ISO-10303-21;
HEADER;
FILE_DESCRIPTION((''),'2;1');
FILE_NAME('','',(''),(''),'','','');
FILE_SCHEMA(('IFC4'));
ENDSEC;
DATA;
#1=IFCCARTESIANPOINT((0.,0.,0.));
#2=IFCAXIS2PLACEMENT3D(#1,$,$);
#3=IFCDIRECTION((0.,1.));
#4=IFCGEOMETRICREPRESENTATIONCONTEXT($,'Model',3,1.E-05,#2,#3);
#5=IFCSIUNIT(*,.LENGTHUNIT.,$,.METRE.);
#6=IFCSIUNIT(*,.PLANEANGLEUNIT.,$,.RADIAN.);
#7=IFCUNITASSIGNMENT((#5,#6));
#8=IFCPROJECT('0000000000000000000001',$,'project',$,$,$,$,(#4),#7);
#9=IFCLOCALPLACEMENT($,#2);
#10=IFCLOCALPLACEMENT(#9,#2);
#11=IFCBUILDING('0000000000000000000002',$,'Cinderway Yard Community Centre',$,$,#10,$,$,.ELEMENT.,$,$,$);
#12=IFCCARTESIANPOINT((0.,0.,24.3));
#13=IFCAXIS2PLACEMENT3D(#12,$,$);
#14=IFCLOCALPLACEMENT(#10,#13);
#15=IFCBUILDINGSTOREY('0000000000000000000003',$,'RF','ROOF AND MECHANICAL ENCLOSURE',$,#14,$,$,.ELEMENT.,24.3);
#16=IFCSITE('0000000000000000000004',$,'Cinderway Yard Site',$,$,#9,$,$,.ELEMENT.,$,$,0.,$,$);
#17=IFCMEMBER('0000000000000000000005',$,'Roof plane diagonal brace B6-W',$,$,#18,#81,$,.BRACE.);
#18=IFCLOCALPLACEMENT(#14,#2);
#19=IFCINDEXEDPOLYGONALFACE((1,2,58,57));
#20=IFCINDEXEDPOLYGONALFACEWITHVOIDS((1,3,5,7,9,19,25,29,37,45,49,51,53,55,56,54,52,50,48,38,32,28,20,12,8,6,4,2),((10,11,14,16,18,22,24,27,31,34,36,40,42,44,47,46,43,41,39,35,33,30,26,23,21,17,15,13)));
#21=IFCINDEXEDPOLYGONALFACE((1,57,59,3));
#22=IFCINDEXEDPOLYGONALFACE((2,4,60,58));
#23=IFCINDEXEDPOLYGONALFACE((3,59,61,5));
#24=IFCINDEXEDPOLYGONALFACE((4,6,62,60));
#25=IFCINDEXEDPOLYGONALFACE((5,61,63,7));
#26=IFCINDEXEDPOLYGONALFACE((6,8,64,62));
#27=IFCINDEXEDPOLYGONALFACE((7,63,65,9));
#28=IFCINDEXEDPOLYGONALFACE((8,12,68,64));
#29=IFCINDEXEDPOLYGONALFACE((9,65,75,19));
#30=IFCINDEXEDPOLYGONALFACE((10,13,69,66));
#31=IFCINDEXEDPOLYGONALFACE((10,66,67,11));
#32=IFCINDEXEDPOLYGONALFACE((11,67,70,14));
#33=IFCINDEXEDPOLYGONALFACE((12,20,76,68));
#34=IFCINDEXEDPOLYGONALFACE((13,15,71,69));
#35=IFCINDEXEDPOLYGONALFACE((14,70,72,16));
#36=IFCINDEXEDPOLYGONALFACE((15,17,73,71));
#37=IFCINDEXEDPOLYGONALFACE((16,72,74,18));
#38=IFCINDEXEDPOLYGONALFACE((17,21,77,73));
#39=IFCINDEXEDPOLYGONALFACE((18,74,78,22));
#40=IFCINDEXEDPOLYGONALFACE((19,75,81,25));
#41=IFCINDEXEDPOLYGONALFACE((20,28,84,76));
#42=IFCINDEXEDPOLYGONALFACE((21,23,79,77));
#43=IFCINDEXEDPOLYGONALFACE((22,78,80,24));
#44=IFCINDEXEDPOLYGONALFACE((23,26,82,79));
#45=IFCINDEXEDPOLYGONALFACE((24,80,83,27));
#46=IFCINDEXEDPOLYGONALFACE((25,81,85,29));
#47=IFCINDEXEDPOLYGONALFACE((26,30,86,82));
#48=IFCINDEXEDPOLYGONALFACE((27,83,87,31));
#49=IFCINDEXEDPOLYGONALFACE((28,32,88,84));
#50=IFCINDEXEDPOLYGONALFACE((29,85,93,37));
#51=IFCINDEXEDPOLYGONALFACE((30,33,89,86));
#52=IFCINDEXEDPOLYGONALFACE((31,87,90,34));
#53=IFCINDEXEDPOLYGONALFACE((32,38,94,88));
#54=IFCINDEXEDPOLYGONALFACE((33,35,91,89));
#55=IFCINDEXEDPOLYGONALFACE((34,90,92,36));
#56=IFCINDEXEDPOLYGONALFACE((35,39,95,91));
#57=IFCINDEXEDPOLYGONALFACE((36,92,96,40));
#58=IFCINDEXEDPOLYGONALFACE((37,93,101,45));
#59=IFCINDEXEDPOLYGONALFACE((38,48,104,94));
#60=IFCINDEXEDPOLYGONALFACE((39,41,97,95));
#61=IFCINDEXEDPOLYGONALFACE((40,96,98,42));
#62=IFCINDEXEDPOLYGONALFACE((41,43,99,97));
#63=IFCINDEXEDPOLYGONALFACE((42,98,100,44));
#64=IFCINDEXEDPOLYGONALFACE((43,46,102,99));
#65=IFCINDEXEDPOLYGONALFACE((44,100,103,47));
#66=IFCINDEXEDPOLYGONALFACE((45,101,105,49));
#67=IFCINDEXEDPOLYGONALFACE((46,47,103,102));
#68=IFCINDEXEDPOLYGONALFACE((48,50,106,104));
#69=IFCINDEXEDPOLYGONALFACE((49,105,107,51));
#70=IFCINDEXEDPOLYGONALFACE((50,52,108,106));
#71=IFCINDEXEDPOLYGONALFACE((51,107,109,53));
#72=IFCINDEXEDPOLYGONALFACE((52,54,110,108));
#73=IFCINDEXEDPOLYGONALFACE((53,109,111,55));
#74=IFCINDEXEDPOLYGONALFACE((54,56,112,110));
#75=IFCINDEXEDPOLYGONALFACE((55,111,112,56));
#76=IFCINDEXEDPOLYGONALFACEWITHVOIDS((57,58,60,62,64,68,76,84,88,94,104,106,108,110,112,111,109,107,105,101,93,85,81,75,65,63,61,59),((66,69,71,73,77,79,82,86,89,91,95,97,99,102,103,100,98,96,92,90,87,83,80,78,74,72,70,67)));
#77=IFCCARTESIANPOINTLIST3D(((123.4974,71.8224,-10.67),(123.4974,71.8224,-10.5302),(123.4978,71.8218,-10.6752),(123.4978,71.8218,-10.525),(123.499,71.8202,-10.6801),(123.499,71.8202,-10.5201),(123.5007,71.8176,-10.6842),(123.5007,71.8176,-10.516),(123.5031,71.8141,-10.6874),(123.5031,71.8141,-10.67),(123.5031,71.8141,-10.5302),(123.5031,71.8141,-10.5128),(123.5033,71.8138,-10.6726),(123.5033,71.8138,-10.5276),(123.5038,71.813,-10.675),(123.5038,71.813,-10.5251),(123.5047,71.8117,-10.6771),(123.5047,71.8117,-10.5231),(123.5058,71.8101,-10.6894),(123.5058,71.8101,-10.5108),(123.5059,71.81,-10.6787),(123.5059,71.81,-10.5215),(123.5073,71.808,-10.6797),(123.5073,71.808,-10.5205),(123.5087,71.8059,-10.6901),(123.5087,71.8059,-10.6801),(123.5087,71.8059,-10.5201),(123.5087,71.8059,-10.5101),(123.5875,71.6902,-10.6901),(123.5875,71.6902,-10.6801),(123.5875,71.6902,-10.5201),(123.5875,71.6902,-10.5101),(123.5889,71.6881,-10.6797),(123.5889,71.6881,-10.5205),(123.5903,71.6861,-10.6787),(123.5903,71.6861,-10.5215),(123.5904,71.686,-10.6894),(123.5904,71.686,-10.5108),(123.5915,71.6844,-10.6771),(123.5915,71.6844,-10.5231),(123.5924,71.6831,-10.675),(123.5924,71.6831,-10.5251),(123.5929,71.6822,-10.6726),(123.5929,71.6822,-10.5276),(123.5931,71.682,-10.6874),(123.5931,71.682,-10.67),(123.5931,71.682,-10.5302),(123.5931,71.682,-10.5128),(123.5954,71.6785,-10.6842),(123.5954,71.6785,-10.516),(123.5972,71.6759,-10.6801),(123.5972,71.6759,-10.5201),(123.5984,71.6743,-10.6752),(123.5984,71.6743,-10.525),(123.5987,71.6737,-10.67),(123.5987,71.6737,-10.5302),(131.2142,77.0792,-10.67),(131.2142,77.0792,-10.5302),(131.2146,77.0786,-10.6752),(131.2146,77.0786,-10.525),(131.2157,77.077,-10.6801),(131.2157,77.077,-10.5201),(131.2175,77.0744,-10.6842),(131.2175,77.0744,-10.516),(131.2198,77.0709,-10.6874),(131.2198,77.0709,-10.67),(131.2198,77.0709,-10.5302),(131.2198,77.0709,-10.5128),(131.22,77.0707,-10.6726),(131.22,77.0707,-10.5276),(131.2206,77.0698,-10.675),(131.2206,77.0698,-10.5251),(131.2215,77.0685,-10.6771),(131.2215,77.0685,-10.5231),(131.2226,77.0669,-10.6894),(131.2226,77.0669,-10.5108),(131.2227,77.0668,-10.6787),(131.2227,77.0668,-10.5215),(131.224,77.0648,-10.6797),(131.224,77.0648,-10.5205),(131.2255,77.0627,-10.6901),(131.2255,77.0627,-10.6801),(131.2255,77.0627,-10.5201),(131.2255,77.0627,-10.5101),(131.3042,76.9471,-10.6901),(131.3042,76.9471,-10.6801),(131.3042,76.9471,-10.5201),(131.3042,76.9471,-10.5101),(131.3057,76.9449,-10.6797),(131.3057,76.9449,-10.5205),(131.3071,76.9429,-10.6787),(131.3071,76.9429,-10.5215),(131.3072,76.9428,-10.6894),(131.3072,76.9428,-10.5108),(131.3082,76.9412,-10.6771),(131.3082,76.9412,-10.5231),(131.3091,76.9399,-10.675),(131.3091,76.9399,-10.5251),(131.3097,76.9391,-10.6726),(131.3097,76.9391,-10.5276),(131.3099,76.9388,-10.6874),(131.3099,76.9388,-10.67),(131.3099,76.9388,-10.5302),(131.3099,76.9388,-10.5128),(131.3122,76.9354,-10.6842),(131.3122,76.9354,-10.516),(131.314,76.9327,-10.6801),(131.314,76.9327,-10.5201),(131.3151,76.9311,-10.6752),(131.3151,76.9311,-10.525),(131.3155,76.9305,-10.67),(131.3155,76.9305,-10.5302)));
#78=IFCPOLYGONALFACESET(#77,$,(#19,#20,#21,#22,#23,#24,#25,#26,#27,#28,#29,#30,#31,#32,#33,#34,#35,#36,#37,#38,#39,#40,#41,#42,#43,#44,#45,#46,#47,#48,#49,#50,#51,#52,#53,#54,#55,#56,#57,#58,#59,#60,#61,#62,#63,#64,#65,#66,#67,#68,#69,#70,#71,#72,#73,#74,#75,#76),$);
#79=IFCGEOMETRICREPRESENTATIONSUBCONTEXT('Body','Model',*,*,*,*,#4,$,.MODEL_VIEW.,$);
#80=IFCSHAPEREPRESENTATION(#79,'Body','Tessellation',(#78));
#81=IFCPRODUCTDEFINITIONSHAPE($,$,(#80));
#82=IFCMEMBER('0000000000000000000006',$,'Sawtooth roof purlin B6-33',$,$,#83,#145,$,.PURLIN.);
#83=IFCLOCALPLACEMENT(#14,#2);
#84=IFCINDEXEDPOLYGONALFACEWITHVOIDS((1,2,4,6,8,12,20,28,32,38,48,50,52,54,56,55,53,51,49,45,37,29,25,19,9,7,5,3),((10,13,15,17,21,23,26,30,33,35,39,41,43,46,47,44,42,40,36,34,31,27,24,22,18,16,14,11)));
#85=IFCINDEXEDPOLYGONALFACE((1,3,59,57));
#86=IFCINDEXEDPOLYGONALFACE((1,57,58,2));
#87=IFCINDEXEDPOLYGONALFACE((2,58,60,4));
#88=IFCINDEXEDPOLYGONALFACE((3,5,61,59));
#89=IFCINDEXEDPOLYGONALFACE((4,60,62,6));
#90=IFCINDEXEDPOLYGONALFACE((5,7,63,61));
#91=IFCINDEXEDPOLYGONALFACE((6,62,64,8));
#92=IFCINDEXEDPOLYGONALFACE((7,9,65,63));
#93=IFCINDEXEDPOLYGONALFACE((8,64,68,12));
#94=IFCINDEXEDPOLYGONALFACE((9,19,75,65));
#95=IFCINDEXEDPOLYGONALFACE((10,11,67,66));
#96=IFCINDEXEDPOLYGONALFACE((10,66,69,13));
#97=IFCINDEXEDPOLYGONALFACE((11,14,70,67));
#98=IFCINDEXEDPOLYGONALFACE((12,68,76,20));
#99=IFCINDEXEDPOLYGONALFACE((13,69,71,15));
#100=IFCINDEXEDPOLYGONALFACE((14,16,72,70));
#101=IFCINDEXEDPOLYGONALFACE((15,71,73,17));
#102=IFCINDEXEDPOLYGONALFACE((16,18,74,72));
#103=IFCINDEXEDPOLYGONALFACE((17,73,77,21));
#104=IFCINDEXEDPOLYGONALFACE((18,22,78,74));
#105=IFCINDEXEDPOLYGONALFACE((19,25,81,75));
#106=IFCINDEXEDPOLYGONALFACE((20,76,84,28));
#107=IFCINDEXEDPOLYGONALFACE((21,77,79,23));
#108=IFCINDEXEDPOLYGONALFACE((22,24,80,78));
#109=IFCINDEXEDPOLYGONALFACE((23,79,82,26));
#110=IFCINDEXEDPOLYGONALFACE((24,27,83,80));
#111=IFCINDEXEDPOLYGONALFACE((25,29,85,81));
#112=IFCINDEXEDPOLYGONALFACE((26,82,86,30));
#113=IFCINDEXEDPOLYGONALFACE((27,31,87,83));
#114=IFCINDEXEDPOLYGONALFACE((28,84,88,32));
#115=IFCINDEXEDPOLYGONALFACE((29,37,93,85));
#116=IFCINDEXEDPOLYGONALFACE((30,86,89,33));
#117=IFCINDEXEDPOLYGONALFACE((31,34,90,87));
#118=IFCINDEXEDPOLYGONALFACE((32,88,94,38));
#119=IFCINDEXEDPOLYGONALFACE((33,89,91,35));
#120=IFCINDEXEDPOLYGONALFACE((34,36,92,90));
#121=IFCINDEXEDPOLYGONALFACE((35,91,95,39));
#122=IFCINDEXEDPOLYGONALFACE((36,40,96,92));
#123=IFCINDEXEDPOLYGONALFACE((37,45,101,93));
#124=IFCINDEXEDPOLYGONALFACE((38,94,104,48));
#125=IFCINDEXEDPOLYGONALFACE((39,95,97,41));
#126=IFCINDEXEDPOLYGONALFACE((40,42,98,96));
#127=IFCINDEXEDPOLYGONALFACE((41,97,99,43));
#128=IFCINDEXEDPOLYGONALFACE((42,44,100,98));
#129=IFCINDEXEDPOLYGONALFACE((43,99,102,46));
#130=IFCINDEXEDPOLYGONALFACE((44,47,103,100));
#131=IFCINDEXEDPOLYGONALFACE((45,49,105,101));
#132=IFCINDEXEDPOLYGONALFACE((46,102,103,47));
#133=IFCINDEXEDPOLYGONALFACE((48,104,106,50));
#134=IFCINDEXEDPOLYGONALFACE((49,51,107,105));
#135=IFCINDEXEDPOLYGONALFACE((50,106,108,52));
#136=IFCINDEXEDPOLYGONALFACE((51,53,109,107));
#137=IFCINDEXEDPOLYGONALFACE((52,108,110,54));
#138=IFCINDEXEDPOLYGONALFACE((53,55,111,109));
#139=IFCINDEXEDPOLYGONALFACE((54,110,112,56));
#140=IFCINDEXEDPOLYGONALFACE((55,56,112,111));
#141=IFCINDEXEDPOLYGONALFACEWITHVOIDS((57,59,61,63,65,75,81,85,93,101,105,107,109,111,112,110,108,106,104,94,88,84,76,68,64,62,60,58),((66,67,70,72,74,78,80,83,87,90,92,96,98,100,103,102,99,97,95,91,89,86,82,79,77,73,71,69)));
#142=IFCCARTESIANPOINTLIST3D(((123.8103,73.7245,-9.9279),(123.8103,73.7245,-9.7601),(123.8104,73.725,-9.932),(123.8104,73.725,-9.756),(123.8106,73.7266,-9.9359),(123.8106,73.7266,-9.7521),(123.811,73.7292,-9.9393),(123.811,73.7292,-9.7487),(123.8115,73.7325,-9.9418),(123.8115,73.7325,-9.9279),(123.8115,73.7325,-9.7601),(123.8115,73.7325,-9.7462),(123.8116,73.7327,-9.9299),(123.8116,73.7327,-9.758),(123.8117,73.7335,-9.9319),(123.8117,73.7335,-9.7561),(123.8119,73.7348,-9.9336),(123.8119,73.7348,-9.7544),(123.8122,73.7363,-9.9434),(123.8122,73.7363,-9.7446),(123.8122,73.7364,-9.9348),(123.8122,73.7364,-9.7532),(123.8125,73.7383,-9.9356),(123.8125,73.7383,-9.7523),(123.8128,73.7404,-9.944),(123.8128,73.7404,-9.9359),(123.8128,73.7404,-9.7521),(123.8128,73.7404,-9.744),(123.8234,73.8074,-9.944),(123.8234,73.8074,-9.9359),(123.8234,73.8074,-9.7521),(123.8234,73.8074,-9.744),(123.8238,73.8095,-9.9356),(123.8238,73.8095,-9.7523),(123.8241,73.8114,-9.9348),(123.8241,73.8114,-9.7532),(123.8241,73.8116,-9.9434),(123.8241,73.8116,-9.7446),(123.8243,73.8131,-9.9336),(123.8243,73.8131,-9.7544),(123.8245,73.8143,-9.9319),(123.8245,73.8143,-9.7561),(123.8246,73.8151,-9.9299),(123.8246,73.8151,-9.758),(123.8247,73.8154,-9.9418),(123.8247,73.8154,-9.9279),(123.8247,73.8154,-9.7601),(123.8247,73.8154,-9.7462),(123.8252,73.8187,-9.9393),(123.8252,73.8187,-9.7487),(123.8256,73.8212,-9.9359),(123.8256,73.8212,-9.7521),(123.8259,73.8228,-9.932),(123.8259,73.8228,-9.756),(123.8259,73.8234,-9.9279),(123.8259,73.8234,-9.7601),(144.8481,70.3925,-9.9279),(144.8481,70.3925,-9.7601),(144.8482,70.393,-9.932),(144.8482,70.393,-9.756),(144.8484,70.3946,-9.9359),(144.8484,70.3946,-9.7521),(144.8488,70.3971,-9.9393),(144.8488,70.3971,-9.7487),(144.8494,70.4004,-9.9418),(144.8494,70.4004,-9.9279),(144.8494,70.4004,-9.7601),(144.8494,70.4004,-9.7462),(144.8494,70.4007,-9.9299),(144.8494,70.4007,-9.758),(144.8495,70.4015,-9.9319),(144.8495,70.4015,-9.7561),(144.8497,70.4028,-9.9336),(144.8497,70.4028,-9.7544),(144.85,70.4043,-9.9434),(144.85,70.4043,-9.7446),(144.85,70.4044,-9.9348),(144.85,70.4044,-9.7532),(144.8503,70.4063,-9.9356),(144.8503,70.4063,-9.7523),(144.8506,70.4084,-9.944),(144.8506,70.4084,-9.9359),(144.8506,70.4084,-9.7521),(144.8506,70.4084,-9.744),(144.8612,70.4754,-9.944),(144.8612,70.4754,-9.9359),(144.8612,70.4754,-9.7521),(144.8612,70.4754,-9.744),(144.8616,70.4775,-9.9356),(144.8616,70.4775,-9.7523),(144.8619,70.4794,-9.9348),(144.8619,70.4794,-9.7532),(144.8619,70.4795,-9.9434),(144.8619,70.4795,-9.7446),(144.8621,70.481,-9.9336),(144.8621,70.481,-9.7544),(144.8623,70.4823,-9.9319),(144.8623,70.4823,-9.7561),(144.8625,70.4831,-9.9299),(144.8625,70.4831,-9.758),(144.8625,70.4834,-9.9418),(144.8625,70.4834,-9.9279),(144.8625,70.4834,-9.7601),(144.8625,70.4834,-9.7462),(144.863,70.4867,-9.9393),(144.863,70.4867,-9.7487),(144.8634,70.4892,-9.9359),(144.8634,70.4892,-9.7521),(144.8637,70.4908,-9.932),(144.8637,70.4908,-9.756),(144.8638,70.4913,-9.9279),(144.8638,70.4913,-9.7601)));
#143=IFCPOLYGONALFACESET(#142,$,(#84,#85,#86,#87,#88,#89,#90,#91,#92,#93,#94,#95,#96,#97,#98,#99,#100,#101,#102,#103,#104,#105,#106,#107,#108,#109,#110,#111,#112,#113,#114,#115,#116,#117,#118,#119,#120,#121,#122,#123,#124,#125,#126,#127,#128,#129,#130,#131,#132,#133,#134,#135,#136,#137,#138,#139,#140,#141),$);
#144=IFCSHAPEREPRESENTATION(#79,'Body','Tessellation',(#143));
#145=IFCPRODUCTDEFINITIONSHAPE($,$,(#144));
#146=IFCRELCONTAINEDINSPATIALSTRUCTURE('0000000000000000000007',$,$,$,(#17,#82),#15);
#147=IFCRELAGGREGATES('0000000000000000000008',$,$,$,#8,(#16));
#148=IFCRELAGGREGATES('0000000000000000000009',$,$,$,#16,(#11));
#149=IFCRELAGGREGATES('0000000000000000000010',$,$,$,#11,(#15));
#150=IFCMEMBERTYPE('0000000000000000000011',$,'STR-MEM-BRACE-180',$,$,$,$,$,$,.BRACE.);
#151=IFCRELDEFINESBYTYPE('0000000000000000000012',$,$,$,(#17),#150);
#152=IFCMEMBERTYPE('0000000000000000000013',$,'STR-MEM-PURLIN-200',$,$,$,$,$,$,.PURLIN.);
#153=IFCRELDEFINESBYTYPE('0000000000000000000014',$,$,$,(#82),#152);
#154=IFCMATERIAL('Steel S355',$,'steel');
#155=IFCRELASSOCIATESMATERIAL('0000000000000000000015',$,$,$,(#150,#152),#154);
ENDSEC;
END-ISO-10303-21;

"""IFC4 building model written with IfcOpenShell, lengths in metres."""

from ifc_helpers import new_model, si_unit, direction, frame, origin, origin_2d, place, context, subcontext, project, spatial, hollow_rectangle, extrude, material, material_profile, profile_set, type_object, element, save


model = new_model("IFC4")

# Units and contexts
model_context = context("Model", 3, precision=1e-05, world=origin(), true_north=direction((0.0, 1.0)))
body_context = subcontext(model_context, "Body", "Model", "MODEL_VIEW")
ifc_project = project(units=[si_unit("LENGTHUNIT", "METRE"), si_unit("PLANEANGLEUNIT", "RADIAN")], contexts=[model_context])

# Site, building, storey
site_placement = place(None, origin())
site = spatial("IfcSite", under=ifc_project, at=site_placement, Name="Cinderway Yard Site", CompositionType="ELEMENT", RefElevation=0.0)
building_placement = place(site_placement, origin())
building = spatial("IfcBuilding", under=site, at=building_placement, Name="Cinderway Yard Community Centre", CompositionType="ELEMENT")
storey_placement = place(building_placement, frame((0.0, 0.0, 24.3)))
storey = spatial("IfcBuildingStorey", under=building, at=storey_placement, Name="RF", Description="ROOF AND MECHANICAL ENCLOSURE", CompositionType="ELEMENT", Elevation=24.3)

# Shared definitions
ifc_material_1 = material(Name="Steel S355", Category="steel")

# Members
ifc_material_profile_1 = material_profile(ifc_material_1, hollow_rectangle(XDim=0.1799, YDim=0.1799, WallThickness=0.01, InnerFilletRadius=0.01, OuterFilletRadius=0.02, at=origin_2d()), Name="Steel S355")
ifc_profile_set_1 = profile_set([ifc_material_profile_1], Name="Steel S355")
member_type_1 = type_object("IfcMemberType", Name="STR-MEM-BRACE-180", PredefinedType="BRACE", material=ifc_profile_set_1)
member_1_placement = place(storey_placement, frame((123.5481, 71.748, -10.6001), z_axis=(0.826457, 0.562999, 0.0), x_axis=(-0.562999, 0.826457, 0.0)))
element("IfcMember", 1, at=member_1_placement, inside=storey, type_object=member_type_1, Name="Roof plane diagonal brace B6-W", PredefinedType="BRACE", context=body_context, shape_type="SweptSolid", body=[
    extrude(hollow_rectangle(XDim=0.1799, YDim=0.1799, WallThickness=0.01, InnerFilletRadius=0.01, OuterFilletRadius=0.02, at=origin_2d()), origin(), (0.0, 0.0, 1.0), 9.3372),
])
ifc_material_profile_2 = material_profile(ifc_material_1, hollow_rectangle(XDim=0.1001, YDim=0.2, WallThickness=0.0081, InnerFilletRadius=0.0081, OuterFilletRadius=0.0161, at=origin_2d()), Name="Steel S355")
ifc_profile_set_2 = profile_set([ifc_material_profile_2], Name="Steel S355")
member_type_2 = type_object("IfcMemberType", Name="STR-MEM-PURLIN-200", PredefinedType="PURLIN", material=ifc_profile_set_2)
member_2_placement = place(storey_placement, frame((123.8181, 73.7739, -9.844), z_axis=(0.987689, -0.156433, 0.0), x_axis=(0.156433, 0.987689, 0.0)))
element("IfcMember", 2, at=member_2_placement, inside=storey, type_object=member_type_2, Name="Sawtooth roof purlin B6-33", PredefinedType="PURLIN", context=body_context, shape_type="SweptSolid", body=[
    extrude(hollow_rectangle(XDim=0.1001, YDim=0.2, WallThickness=0.0081, InnerFilletRadius=0.0081, OuterFilletRadius=0.0161, at=origin_2d()), origin(), (0.0, 0.0, 1.0), 21.3),
])

save(model, "model.ifc")
